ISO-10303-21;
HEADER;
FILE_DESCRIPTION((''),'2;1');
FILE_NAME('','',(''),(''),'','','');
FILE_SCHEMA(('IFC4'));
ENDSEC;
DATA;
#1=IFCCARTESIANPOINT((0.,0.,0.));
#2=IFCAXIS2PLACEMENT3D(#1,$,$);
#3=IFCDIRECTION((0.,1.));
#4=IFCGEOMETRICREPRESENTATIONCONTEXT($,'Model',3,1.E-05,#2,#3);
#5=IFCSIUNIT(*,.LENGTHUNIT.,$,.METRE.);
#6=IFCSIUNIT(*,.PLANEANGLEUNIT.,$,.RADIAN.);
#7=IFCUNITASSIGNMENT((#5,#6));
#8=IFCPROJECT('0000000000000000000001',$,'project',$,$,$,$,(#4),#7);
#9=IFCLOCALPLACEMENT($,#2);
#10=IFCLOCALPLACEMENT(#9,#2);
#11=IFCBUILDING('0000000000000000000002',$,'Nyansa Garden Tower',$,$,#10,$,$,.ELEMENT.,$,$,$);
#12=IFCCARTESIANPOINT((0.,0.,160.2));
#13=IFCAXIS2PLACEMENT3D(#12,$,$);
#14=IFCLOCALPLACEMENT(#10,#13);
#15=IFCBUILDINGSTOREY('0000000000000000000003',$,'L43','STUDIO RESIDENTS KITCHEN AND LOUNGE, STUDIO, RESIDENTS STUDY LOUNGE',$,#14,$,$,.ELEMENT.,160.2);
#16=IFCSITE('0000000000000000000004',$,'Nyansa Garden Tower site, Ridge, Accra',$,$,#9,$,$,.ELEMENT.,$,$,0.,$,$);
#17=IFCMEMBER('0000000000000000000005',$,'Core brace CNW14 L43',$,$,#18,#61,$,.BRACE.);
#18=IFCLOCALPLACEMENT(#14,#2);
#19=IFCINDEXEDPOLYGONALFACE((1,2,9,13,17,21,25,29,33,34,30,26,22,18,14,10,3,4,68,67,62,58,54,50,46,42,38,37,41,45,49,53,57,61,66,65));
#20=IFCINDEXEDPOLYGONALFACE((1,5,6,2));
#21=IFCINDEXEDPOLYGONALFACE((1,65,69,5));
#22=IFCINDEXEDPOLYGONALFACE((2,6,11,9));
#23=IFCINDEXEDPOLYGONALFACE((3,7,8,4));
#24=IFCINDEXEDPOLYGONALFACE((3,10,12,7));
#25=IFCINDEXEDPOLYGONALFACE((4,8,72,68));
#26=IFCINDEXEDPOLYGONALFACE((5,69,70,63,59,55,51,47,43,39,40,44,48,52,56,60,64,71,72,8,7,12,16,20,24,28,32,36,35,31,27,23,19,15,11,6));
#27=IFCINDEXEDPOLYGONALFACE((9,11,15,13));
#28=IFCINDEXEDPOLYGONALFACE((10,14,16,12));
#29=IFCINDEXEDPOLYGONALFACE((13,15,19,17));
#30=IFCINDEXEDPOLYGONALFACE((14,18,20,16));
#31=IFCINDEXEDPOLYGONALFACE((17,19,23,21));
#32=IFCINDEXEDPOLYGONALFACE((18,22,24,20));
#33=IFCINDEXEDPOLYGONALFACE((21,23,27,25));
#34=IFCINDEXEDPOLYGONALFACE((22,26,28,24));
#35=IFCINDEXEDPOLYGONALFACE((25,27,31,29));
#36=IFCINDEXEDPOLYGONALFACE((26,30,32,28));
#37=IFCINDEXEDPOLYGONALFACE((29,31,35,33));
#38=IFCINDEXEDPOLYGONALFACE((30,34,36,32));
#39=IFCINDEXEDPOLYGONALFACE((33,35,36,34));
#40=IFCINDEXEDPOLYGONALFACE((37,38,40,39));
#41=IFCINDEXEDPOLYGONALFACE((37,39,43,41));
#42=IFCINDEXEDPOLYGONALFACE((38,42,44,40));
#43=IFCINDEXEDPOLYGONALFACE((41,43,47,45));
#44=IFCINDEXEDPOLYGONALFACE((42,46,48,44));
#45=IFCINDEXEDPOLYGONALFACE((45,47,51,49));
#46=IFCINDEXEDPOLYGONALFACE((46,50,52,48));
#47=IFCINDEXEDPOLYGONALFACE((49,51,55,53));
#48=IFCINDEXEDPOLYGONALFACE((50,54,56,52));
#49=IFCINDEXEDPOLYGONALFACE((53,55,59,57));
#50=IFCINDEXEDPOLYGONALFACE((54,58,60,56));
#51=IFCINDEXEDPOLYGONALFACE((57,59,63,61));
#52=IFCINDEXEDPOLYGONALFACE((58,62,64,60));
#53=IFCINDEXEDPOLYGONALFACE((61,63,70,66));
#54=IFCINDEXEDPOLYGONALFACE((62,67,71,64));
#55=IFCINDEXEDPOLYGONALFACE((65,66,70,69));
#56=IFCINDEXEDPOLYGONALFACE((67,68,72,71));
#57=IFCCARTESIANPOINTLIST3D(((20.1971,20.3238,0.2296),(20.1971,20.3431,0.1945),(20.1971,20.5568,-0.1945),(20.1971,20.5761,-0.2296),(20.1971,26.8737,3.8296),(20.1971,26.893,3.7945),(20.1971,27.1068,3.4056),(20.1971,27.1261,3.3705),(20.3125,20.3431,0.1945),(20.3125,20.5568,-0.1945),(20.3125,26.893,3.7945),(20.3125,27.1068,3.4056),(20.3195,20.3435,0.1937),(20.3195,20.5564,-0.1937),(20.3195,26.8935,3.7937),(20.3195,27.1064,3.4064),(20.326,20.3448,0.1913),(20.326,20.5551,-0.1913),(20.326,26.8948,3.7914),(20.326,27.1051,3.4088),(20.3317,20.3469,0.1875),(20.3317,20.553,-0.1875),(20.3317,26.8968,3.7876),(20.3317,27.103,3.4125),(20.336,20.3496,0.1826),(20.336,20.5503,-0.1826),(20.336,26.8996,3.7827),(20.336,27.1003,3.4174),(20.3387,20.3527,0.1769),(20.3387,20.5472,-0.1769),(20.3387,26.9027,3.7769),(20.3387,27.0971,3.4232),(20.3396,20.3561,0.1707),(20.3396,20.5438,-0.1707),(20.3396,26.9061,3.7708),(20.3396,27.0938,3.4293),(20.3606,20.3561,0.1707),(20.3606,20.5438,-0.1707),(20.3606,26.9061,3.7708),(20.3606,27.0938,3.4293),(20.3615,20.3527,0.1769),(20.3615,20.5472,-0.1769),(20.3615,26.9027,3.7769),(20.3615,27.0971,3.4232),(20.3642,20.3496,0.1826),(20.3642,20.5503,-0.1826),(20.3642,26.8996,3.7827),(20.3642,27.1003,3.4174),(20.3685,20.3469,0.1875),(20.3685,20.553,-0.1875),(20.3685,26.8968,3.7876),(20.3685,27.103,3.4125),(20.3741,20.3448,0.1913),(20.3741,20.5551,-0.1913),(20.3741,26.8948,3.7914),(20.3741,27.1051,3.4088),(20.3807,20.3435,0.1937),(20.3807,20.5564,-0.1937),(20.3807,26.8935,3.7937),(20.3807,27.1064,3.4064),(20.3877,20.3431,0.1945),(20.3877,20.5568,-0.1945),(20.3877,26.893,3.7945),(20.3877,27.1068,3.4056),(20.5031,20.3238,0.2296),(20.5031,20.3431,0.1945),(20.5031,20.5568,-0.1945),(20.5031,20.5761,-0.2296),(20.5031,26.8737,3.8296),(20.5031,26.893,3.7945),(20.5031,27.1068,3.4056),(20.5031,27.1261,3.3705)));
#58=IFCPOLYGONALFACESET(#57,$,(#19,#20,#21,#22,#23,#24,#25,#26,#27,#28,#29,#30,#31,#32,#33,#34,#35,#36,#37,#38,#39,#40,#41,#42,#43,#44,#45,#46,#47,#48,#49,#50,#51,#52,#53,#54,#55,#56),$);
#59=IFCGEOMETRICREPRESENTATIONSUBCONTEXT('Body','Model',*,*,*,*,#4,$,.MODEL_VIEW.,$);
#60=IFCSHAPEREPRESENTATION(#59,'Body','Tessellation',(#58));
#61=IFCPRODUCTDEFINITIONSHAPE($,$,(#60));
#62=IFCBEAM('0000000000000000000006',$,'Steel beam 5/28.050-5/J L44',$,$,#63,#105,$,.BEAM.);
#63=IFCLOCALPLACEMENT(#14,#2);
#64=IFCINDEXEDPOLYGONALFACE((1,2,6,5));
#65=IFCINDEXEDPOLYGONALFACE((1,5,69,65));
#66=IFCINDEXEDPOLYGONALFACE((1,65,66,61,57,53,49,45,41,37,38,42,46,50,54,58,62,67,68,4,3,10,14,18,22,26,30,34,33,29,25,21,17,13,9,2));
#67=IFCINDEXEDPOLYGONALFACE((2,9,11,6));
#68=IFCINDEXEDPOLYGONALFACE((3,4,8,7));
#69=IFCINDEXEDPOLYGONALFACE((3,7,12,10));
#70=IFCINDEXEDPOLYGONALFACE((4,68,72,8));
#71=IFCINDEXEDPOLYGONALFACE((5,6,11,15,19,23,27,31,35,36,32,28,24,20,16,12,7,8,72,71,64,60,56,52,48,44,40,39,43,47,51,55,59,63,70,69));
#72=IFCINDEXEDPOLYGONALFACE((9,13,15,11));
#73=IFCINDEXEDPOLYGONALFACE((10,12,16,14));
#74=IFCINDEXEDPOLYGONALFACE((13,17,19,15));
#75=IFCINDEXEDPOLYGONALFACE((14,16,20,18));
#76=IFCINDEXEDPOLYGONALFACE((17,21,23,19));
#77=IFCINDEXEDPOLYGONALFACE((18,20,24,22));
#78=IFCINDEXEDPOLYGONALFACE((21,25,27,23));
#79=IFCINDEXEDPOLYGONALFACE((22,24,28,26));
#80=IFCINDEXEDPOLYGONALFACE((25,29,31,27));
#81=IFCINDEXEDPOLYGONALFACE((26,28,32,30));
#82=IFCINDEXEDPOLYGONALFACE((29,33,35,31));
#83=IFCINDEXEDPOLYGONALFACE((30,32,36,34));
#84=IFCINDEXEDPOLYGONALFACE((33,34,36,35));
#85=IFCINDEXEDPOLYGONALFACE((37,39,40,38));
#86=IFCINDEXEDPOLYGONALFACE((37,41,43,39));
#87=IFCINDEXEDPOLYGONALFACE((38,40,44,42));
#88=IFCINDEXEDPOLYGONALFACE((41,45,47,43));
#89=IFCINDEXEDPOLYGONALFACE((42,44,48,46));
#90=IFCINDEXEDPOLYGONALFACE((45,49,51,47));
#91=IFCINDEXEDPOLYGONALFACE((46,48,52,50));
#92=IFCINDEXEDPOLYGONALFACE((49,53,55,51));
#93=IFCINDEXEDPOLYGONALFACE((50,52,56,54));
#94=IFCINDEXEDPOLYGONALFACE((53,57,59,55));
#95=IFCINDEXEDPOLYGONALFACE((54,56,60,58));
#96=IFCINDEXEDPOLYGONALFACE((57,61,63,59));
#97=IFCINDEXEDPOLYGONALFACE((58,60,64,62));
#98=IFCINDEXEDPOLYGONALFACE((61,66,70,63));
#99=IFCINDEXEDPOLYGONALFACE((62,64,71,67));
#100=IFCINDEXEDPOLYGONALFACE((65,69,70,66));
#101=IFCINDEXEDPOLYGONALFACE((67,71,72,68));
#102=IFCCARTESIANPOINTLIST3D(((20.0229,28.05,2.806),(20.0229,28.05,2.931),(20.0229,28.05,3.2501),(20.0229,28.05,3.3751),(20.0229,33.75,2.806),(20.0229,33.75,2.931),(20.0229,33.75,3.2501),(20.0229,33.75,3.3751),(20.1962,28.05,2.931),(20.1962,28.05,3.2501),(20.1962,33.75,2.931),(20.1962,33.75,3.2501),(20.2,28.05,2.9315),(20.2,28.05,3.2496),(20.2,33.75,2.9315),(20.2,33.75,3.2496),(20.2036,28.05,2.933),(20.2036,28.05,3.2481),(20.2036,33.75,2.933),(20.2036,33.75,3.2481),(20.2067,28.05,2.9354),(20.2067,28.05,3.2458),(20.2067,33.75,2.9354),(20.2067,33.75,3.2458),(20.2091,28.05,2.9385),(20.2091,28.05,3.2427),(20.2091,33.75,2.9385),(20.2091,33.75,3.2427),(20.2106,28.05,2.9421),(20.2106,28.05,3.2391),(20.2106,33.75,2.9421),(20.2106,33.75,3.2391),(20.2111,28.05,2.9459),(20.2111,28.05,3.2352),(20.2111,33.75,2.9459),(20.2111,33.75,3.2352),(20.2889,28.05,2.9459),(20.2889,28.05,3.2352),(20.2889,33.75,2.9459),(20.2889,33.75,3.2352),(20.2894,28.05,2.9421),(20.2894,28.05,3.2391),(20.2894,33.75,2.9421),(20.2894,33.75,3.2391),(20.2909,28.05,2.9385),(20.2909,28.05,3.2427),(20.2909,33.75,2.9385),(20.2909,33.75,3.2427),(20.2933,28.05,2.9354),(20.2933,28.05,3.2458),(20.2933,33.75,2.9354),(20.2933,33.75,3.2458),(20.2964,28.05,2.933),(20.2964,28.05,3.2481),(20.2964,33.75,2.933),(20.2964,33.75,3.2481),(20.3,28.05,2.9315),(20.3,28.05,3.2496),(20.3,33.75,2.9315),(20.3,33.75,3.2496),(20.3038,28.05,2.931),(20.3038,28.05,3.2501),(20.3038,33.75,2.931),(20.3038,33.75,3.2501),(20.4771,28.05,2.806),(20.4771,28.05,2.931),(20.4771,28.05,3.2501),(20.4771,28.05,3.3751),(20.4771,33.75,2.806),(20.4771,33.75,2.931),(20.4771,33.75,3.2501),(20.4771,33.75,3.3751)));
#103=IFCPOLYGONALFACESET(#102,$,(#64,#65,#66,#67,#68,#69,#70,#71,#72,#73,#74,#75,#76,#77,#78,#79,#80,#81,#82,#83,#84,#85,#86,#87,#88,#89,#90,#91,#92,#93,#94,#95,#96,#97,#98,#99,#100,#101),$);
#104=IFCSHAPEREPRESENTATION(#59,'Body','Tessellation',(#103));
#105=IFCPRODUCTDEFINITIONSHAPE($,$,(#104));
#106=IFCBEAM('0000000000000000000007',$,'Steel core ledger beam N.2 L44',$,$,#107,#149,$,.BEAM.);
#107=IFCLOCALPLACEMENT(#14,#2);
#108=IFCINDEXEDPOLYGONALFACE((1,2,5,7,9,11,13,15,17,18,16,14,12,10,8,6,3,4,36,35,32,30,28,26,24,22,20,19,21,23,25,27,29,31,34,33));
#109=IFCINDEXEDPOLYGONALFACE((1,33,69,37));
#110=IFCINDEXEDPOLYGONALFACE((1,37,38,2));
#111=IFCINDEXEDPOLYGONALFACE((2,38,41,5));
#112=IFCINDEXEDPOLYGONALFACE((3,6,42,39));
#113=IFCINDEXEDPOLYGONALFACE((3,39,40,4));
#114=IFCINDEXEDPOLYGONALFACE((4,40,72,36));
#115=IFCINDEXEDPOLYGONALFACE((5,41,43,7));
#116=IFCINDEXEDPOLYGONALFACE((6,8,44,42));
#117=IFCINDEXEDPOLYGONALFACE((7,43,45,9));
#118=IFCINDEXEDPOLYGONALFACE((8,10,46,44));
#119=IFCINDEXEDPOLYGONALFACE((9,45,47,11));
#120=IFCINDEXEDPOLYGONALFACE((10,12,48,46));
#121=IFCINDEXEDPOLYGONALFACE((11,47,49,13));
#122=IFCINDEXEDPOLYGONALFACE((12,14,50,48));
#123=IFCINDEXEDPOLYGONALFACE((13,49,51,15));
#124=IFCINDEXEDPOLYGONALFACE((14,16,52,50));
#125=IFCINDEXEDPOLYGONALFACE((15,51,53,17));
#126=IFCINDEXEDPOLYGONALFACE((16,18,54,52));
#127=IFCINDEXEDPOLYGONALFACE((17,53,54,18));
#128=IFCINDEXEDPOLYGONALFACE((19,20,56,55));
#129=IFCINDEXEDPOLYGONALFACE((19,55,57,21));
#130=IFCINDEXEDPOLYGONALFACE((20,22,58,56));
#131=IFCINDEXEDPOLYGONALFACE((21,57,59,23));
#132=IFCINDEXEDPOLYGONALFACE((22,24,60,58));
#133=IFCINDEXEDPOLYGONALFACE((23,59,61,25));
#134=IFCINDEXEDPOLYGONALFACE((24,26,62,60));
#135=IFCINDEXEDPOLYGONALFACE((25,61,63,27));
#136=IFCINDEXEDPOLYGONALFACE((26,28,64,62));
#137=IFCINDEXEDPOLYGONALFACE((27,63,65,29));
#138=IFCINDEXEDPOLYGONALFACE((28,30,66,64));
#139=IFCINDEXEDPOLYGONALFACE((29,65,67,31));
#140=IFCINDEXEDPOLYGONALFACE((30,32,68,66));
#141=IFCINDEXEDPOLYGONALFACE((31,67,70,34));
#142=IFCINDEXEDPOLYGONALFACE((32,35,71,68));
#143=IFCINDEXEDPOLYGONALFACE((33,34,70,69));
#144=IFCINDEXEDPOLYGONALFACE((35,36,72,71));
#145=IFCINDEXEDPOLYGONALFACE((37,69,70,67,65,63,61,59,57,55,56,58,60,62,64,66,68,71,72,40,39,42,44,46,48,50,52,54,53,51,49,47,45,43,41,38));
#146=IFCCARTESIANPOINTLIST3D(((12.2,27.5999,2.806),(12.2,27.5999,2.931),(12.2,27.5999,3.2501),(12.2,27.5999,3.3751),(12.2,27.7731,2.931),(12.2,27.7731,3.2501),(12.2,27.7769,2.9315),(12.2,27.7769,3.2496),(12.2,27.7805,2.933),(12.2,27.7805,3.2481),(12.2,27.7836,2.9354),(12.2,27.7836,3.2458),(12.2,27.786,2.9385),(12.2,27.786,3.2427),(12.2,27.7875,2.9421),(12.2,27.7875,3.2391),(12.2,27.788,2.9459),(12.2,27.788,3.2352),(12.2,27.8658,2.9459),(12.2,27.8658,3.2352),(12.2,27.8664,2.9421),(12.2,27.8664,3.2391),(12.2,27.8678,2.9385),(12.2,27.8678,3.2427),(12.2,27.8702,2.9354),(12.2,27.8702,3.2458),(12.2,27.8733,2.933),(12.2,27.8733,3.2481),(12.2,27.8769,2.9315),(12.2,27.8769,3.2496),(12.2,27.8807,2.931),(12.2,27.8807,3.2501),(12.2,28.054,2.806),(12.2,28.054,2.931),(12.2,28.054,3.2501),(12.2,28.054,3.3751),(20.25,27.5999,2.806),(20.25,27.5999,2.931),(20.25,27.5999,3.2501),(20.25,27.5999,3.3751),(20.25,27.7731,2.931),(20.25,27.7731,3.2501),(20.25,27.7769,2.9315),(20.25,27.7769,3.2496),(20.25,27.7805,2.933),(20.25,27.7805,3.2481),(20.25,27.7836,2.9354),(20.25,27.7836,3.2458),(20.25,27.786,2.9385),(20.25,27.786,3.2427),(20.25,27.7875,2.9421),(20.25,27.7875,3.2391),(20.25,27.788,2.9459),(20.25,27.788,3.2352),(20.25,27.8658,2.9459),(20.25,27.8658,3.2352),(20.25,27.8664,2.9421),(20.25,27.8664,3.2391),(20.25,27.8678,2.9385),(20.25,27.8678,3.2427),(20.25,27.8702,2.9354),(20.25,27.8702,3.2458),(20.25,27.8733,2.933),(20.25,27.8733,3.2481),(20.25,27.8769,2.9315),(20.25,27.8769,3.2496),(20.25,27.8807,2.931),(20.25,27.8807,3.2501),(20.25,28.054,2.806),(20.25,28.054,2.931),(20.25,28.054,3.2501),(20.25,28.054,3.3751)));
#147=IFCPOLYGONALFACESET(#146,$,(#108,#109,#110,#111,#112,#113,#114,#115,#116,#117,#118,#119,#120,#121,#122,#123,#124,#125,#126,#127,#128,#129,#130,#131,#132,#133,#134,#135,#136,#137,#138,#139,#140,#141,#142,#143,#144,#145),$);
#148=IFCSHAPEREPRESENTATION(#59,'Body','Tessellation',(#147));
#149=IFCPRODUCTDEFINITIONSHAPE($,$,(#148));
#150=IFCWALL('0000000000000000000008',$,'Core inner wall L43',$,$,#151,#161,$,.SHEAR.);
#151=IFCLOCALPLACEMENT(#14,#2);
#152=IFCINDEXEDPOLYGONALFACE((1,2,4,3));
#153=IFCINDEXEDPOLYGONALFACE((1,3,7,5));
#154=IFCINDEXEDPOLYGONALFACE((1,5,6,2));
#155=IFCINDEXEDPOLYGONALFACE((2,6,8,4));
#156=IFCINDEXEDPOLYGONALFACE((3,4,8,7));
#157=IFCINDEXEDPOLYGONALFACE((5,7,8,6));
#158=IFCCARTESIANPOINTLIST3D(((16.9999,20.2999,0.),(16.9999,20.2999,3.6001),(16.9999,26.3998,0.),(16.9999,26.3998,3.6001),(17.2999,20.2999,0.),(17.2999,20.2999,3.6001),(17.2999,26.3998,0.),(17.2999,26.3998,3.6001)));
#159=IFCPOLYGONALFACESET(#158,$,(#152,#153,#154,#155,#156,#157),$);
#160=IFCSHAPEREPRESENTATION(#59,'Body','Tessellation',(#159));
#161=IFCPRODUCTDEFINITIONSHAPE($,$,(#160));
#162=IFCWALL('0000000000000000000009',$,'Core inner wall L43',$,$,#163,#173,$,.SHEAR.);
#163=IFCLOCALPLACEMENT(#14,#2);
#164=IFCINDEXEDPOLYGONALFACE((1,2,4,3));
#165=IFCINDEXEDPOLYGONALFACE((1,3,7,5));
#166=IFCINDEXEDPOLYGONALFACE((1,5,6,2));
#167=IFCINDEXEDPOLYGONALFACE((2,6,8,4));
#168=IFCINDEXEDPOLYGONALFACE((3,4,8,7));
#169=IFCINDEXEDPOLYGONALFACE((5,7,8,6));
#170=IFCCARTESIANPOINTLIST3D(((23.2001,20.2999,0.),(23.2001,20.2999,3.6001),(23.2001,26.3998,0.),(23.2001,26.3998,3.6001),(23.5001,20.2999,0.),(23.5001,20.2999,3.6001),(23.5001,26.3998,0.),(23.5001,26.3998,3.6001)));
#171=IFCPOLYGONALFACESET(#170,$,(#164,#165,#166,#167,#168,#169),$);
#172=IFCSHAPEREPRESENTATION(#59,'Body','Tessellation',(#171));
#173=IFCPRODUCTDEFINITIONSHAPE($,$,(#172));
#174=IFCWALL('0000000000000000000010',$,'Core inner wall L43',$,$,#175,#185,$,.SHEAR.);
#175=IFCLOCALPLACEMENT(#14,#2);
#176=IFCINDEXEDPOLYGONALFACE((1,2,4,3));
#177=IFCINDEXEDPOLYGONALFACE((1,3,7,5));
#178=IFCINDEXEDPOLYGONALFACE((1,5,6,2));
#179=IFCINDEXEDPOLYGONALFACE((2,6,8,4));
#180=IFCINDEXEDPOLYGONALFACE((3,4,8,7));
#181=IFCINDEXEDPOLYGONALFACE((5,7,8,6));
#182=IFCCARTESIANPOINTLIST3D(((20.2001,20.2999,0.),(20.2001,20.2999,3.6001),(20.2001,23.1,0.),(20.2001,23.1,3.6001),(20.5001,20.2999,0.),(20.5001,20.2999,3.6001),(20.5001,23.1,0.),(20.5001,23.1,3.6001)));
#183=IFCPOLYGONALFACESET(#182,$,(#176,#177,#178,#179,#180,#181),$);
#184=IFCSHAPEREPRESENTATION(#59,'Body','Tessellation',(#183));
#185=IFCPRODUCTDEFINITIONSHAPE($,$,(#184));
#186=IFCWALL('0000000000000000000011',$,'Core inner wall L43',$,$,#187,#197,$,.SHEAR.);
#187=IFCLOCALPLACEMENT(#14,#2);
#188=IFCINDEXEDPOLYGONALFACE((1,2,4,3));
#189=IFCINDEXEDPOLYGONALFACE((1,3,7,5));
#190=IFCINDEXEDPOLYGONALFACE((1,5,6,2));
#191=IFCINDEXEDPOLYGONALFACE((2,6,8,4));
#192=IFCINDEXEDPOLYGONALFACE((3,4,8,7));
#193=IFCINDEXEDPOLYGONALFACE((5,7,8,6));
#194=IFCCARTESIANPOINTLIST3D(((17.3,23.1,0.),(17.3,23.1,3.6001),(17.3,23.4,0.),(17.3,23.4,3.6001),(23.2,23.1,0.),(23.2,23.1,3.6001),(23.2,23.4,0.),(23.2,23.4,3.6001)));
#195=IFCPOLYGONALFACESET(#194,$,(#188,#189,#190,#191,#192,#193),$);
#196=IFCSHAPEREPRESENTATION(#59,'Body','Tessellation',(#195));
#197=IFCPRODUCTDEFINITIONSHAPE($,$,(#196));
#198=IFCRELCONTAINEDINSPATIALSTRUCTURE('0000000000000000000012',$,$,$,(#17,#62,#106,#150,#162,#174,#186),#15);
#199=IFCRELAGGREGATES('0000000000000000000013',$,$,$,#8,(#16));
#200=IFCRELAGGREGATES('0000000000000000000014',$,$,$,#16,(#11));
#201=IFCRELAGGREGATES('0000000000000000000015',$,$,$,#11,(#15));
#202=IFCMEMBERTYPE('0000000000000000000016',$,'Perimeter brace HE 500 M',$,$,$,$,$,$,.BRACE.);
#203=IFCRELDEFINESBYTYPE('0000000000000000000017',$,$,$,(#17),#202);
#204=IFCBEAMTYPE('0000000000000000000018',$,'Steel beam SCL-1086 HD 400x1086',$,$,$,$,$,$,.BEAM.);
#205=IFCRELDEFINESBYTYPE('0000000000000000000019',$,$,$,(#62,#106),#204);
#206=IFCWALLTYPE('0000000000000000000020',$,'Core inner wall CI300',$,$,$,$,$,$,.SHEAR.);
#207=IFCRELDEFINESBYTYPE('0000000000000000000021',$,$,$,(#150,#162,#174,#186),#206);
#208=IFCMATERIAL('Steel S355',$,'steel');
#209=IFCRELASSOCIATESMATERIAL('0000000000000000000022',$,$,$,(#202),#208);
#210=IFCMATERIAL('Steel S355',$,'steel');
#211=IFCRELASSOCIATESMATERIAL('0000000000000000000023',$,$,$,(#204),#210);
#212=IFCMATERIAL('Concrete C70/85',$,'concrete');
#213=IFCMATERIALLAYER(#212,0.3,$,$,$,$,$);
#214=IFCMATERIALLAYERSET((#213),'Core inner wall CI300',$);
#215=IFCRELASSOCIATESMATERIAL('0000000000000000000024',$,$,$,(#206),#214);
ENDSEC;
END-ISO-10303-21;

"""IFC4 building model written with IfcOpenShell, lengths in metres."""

from ifc_helpers import new_model, si_unit, direction, frame, frame_2d, origin, origin_2d, place, context, subcontext, project, spatial, rectangle, i_section, extrude, material, layer, layer_set, material_profile, profile_set, type_object, element, save


model = new_model("IFC4")

# Units and contexts
model_context = context("Model", 3, precision=1e-05, world=origin(), true_north=direction((0.0, 1.0)))
body_context = subcontext(model_context, "Body", "Model", "MODEL_VIEW")
ifc_project = project(units=[si_unit("LENGTHUNIT", "METRE"), si_unit("PLANEANGLEUNIT", "RADIAN")], contexts=[model_context])

# Site, building, storey
site_placement = place(None, origin())
site = spatial("IfcSite", under=ifc_project, at=site_placement, Name="Nyansa Garden Tower site, Ridge, Accra", CompositionType="ELEMENT", RefElevation=0.0)
building_placement = place(site_placement, origin())
building = spatial("IfcBuilding", under=site, at=building_placement, Name="Nyansa Garden Tower", CompositionType="ELEMENT")
storey_placement = place(building_placement, frame((0.0, 0.0, 160.2)))
storey = spatial("IfcBuildingStorey", under=building, at=storey_placement, Name="L43", Description="STUDIO RESIDENTS KITCHEN AND LOUNGE, STUDIO, RESIDENTS STUDY LOUNGE", CompositionType="ELEMENT", Elevation=160.2)

# Member
ifc_material_1 = material(Name="Steel S355", Category="steel")
ifc_material_profile_1 = material_profile(ifc_material_1, i_section(OverallWidth=0.3059, OverallDepth=0.5239, WebThickness=0.021, FlangeThickness=0.04, FilletRadius=0.0271, at=origin_2d()), Name="HE 500 M")
ifc_profile_set_1 = profile_set([ifc_material_profile_1], Name="Steel S355")
member_type = type_object("IfcMemberType", Name="Perimeter brace HE 500 M", PredefinedType="BRACE", material=ifc_profile_set_1)
for number, where, z_axis, x_axis, name in (
    (1, (20.3501, 20.45, 0.0), (0.0, 0.876353, 0.481669), (-1.0, 0.0, 0.0), "Core brace CNW14 L43"),
):
    element("IfcMember", number, at=place(storey_placement, frame(where, z_axis=z_axis, x_axis=x_axis)), inside=storey, type_object=member_type, Name=name, PredefinedType="BRACE", context=body_context, shape_type="SweptSolid", body=[
        extrude(i_section(OverallWidth=0.3059, OverallDepth=0.5239, WebThickness=0.021, FlangeThickness=0.04, FilletRadius=0.0271, at=origin_2d()), origin(), (0.0, 0.0, 1.0), 7.4741),
    ])

# Beams
ifc_material_2 = material(Name="Steel S355", Category="steel")
ifc_material_profile_2 = material_profile(ifc_material_2, i_section(OverallWidth=0.4541, OverallDepth=0.5691, WebThickness=0.0779, FlangeThickness=0.125, FilletRadius=0.0149, at=origin_2d()), Name="HD 400x1086")
ifc_profile_set_2 = profile_set([ifc_material_profile_2], Name="Steel S355")
beam_type = type_object("IfcBeamType", Name="Steel beam SCL-1086 HD 400x1086", PredefinedType="BEAM", material=ifc_profile_set_2)
beam_1_placement = place(storey_placement, frame((20.25, 28.05, 3.0906), z_axis=(0.0, 1.0, 0.0), x_axis=(-1.0, 0.0, 0.0)))
element("IfcBeam", 2, at=beam_1_placement, inside=storey, type_object=beam_type, Name="Steel beam 5/28.050-5/J L44", PredefinedType="BEAM", context=body_context, shape_type="SweptSolid", body=[
    extrude(i_section(OverallWidth=0.4541, OverallDepth=0.5691, WebThickness=0.0779, FlangeThickness=0.125, FilletRadius=0.0149, at=origin_2d()), origin(), (0.0, 0.0, 1.0), 5.7),
])
beam_2_placement = place(storey_placement, frame((20.25, 27.8269, 3.0906), z_axis=(-1.0, 0.0, 0.0), x_axis=(0.0, -1.0, 0.0)))
element("IfcBeam", 3, at=beam_2_placement, inside=storey, type_object=beam_type, Name="Steel core ledger beam N.2 L44", PredefinedType="BEAM", context=body_context, shape_type="SweptSolid", body=[
    extrude(i_section(OverallWidth=0.4541, OverallDepth=0.5691, WebThickness=0.0779, FlangeThickness=0.125, FilletRadius=0.0149, at=origin_2d()), origin(), (0.0, 0.0, 1.0), 8.05),
])

# Walls
ifc_material_3 = material(Name="Concrete C70/85", Category="concrete")
ifc_layer_1 = layer(ifc_material_3, 0.3)
ifc_layer_set_1 = layer_set([ifc_layer_1], Name="Core inner wall CI300")
wall_type_1 = type_object("IfcWallType", Name="Core inner wall CI300", PredefinedType="SHEAR", material=ifc_layer_set_1)
for number, where, z_axis, x_axis, name in (
    (4, (17.1499, 20.3, 0.0), (0.0, 0.0, 1.0), (0.0, 1.0, 0.0), "Core inner wall L43"),
    (5, (23.3501, 20.3, 0.0), (0.0, 0.0, 1.0), (0.0, 1.0, 0.0), "Core inner wall L43"),
):
    element("IfcWall", number, at=place(storey_placement, frame(where, z_axis=z_axis, x_axis=x_axis)), inside=storey, type_object=wall_type_1, Name=name, PredefinedType="SHEAR", context=body_context, shape_type="SweptSolid", body=[
        extrude(rectangle(XDim=6.0999, YDim=0.3, at=frame_2d((3.0498, 0.0))), origin(), (0.0, 0.0, 1.0), 3.6001),
    ])
wall_1_placement = place(storey_placement, frame((20.3501, 20.3, 0.0), z_axis=(0.0, 0.0, 1.0), x_axis=(0.0, 1.0, 0.0)))
element("IfcWall", 6, at=wall_1_placement, inside=storey, type_object=wall_type_1, Name="Core inner wall L43", PredefinedType="SHEAR", context=body_context, shape_type="SweptSolid", body=[
    extrude(rectangle(XDim=2.8, YDim=0.3, at=frame_2d((1.3999, 0.0))), origin(), (0.0, 0.0, 1.0), 3.6001),
])
wall_2_placement = place(storey_placement, frame((17.3, 23.25, 0.0), z_axis=(0.0, 0.0, 1.0), x_axis=(1.0, 0.0, 0.0)))
element("IfcWall", 7, at=wall_2_placement, inside=storey, type_object=wall_type_1, Name="Core inner wall L43", PredefinedType="SHEAR", context=body_context, shape_type="SweptSolid", body=[
    extrude(rectangle(XDim=5.8999, YDim=0.3, at=frame_2d((2.95, 0.0))), origin(), (0.0, 0.0, 1.0), 3.6001),
])

save(model, "model.ifc")
